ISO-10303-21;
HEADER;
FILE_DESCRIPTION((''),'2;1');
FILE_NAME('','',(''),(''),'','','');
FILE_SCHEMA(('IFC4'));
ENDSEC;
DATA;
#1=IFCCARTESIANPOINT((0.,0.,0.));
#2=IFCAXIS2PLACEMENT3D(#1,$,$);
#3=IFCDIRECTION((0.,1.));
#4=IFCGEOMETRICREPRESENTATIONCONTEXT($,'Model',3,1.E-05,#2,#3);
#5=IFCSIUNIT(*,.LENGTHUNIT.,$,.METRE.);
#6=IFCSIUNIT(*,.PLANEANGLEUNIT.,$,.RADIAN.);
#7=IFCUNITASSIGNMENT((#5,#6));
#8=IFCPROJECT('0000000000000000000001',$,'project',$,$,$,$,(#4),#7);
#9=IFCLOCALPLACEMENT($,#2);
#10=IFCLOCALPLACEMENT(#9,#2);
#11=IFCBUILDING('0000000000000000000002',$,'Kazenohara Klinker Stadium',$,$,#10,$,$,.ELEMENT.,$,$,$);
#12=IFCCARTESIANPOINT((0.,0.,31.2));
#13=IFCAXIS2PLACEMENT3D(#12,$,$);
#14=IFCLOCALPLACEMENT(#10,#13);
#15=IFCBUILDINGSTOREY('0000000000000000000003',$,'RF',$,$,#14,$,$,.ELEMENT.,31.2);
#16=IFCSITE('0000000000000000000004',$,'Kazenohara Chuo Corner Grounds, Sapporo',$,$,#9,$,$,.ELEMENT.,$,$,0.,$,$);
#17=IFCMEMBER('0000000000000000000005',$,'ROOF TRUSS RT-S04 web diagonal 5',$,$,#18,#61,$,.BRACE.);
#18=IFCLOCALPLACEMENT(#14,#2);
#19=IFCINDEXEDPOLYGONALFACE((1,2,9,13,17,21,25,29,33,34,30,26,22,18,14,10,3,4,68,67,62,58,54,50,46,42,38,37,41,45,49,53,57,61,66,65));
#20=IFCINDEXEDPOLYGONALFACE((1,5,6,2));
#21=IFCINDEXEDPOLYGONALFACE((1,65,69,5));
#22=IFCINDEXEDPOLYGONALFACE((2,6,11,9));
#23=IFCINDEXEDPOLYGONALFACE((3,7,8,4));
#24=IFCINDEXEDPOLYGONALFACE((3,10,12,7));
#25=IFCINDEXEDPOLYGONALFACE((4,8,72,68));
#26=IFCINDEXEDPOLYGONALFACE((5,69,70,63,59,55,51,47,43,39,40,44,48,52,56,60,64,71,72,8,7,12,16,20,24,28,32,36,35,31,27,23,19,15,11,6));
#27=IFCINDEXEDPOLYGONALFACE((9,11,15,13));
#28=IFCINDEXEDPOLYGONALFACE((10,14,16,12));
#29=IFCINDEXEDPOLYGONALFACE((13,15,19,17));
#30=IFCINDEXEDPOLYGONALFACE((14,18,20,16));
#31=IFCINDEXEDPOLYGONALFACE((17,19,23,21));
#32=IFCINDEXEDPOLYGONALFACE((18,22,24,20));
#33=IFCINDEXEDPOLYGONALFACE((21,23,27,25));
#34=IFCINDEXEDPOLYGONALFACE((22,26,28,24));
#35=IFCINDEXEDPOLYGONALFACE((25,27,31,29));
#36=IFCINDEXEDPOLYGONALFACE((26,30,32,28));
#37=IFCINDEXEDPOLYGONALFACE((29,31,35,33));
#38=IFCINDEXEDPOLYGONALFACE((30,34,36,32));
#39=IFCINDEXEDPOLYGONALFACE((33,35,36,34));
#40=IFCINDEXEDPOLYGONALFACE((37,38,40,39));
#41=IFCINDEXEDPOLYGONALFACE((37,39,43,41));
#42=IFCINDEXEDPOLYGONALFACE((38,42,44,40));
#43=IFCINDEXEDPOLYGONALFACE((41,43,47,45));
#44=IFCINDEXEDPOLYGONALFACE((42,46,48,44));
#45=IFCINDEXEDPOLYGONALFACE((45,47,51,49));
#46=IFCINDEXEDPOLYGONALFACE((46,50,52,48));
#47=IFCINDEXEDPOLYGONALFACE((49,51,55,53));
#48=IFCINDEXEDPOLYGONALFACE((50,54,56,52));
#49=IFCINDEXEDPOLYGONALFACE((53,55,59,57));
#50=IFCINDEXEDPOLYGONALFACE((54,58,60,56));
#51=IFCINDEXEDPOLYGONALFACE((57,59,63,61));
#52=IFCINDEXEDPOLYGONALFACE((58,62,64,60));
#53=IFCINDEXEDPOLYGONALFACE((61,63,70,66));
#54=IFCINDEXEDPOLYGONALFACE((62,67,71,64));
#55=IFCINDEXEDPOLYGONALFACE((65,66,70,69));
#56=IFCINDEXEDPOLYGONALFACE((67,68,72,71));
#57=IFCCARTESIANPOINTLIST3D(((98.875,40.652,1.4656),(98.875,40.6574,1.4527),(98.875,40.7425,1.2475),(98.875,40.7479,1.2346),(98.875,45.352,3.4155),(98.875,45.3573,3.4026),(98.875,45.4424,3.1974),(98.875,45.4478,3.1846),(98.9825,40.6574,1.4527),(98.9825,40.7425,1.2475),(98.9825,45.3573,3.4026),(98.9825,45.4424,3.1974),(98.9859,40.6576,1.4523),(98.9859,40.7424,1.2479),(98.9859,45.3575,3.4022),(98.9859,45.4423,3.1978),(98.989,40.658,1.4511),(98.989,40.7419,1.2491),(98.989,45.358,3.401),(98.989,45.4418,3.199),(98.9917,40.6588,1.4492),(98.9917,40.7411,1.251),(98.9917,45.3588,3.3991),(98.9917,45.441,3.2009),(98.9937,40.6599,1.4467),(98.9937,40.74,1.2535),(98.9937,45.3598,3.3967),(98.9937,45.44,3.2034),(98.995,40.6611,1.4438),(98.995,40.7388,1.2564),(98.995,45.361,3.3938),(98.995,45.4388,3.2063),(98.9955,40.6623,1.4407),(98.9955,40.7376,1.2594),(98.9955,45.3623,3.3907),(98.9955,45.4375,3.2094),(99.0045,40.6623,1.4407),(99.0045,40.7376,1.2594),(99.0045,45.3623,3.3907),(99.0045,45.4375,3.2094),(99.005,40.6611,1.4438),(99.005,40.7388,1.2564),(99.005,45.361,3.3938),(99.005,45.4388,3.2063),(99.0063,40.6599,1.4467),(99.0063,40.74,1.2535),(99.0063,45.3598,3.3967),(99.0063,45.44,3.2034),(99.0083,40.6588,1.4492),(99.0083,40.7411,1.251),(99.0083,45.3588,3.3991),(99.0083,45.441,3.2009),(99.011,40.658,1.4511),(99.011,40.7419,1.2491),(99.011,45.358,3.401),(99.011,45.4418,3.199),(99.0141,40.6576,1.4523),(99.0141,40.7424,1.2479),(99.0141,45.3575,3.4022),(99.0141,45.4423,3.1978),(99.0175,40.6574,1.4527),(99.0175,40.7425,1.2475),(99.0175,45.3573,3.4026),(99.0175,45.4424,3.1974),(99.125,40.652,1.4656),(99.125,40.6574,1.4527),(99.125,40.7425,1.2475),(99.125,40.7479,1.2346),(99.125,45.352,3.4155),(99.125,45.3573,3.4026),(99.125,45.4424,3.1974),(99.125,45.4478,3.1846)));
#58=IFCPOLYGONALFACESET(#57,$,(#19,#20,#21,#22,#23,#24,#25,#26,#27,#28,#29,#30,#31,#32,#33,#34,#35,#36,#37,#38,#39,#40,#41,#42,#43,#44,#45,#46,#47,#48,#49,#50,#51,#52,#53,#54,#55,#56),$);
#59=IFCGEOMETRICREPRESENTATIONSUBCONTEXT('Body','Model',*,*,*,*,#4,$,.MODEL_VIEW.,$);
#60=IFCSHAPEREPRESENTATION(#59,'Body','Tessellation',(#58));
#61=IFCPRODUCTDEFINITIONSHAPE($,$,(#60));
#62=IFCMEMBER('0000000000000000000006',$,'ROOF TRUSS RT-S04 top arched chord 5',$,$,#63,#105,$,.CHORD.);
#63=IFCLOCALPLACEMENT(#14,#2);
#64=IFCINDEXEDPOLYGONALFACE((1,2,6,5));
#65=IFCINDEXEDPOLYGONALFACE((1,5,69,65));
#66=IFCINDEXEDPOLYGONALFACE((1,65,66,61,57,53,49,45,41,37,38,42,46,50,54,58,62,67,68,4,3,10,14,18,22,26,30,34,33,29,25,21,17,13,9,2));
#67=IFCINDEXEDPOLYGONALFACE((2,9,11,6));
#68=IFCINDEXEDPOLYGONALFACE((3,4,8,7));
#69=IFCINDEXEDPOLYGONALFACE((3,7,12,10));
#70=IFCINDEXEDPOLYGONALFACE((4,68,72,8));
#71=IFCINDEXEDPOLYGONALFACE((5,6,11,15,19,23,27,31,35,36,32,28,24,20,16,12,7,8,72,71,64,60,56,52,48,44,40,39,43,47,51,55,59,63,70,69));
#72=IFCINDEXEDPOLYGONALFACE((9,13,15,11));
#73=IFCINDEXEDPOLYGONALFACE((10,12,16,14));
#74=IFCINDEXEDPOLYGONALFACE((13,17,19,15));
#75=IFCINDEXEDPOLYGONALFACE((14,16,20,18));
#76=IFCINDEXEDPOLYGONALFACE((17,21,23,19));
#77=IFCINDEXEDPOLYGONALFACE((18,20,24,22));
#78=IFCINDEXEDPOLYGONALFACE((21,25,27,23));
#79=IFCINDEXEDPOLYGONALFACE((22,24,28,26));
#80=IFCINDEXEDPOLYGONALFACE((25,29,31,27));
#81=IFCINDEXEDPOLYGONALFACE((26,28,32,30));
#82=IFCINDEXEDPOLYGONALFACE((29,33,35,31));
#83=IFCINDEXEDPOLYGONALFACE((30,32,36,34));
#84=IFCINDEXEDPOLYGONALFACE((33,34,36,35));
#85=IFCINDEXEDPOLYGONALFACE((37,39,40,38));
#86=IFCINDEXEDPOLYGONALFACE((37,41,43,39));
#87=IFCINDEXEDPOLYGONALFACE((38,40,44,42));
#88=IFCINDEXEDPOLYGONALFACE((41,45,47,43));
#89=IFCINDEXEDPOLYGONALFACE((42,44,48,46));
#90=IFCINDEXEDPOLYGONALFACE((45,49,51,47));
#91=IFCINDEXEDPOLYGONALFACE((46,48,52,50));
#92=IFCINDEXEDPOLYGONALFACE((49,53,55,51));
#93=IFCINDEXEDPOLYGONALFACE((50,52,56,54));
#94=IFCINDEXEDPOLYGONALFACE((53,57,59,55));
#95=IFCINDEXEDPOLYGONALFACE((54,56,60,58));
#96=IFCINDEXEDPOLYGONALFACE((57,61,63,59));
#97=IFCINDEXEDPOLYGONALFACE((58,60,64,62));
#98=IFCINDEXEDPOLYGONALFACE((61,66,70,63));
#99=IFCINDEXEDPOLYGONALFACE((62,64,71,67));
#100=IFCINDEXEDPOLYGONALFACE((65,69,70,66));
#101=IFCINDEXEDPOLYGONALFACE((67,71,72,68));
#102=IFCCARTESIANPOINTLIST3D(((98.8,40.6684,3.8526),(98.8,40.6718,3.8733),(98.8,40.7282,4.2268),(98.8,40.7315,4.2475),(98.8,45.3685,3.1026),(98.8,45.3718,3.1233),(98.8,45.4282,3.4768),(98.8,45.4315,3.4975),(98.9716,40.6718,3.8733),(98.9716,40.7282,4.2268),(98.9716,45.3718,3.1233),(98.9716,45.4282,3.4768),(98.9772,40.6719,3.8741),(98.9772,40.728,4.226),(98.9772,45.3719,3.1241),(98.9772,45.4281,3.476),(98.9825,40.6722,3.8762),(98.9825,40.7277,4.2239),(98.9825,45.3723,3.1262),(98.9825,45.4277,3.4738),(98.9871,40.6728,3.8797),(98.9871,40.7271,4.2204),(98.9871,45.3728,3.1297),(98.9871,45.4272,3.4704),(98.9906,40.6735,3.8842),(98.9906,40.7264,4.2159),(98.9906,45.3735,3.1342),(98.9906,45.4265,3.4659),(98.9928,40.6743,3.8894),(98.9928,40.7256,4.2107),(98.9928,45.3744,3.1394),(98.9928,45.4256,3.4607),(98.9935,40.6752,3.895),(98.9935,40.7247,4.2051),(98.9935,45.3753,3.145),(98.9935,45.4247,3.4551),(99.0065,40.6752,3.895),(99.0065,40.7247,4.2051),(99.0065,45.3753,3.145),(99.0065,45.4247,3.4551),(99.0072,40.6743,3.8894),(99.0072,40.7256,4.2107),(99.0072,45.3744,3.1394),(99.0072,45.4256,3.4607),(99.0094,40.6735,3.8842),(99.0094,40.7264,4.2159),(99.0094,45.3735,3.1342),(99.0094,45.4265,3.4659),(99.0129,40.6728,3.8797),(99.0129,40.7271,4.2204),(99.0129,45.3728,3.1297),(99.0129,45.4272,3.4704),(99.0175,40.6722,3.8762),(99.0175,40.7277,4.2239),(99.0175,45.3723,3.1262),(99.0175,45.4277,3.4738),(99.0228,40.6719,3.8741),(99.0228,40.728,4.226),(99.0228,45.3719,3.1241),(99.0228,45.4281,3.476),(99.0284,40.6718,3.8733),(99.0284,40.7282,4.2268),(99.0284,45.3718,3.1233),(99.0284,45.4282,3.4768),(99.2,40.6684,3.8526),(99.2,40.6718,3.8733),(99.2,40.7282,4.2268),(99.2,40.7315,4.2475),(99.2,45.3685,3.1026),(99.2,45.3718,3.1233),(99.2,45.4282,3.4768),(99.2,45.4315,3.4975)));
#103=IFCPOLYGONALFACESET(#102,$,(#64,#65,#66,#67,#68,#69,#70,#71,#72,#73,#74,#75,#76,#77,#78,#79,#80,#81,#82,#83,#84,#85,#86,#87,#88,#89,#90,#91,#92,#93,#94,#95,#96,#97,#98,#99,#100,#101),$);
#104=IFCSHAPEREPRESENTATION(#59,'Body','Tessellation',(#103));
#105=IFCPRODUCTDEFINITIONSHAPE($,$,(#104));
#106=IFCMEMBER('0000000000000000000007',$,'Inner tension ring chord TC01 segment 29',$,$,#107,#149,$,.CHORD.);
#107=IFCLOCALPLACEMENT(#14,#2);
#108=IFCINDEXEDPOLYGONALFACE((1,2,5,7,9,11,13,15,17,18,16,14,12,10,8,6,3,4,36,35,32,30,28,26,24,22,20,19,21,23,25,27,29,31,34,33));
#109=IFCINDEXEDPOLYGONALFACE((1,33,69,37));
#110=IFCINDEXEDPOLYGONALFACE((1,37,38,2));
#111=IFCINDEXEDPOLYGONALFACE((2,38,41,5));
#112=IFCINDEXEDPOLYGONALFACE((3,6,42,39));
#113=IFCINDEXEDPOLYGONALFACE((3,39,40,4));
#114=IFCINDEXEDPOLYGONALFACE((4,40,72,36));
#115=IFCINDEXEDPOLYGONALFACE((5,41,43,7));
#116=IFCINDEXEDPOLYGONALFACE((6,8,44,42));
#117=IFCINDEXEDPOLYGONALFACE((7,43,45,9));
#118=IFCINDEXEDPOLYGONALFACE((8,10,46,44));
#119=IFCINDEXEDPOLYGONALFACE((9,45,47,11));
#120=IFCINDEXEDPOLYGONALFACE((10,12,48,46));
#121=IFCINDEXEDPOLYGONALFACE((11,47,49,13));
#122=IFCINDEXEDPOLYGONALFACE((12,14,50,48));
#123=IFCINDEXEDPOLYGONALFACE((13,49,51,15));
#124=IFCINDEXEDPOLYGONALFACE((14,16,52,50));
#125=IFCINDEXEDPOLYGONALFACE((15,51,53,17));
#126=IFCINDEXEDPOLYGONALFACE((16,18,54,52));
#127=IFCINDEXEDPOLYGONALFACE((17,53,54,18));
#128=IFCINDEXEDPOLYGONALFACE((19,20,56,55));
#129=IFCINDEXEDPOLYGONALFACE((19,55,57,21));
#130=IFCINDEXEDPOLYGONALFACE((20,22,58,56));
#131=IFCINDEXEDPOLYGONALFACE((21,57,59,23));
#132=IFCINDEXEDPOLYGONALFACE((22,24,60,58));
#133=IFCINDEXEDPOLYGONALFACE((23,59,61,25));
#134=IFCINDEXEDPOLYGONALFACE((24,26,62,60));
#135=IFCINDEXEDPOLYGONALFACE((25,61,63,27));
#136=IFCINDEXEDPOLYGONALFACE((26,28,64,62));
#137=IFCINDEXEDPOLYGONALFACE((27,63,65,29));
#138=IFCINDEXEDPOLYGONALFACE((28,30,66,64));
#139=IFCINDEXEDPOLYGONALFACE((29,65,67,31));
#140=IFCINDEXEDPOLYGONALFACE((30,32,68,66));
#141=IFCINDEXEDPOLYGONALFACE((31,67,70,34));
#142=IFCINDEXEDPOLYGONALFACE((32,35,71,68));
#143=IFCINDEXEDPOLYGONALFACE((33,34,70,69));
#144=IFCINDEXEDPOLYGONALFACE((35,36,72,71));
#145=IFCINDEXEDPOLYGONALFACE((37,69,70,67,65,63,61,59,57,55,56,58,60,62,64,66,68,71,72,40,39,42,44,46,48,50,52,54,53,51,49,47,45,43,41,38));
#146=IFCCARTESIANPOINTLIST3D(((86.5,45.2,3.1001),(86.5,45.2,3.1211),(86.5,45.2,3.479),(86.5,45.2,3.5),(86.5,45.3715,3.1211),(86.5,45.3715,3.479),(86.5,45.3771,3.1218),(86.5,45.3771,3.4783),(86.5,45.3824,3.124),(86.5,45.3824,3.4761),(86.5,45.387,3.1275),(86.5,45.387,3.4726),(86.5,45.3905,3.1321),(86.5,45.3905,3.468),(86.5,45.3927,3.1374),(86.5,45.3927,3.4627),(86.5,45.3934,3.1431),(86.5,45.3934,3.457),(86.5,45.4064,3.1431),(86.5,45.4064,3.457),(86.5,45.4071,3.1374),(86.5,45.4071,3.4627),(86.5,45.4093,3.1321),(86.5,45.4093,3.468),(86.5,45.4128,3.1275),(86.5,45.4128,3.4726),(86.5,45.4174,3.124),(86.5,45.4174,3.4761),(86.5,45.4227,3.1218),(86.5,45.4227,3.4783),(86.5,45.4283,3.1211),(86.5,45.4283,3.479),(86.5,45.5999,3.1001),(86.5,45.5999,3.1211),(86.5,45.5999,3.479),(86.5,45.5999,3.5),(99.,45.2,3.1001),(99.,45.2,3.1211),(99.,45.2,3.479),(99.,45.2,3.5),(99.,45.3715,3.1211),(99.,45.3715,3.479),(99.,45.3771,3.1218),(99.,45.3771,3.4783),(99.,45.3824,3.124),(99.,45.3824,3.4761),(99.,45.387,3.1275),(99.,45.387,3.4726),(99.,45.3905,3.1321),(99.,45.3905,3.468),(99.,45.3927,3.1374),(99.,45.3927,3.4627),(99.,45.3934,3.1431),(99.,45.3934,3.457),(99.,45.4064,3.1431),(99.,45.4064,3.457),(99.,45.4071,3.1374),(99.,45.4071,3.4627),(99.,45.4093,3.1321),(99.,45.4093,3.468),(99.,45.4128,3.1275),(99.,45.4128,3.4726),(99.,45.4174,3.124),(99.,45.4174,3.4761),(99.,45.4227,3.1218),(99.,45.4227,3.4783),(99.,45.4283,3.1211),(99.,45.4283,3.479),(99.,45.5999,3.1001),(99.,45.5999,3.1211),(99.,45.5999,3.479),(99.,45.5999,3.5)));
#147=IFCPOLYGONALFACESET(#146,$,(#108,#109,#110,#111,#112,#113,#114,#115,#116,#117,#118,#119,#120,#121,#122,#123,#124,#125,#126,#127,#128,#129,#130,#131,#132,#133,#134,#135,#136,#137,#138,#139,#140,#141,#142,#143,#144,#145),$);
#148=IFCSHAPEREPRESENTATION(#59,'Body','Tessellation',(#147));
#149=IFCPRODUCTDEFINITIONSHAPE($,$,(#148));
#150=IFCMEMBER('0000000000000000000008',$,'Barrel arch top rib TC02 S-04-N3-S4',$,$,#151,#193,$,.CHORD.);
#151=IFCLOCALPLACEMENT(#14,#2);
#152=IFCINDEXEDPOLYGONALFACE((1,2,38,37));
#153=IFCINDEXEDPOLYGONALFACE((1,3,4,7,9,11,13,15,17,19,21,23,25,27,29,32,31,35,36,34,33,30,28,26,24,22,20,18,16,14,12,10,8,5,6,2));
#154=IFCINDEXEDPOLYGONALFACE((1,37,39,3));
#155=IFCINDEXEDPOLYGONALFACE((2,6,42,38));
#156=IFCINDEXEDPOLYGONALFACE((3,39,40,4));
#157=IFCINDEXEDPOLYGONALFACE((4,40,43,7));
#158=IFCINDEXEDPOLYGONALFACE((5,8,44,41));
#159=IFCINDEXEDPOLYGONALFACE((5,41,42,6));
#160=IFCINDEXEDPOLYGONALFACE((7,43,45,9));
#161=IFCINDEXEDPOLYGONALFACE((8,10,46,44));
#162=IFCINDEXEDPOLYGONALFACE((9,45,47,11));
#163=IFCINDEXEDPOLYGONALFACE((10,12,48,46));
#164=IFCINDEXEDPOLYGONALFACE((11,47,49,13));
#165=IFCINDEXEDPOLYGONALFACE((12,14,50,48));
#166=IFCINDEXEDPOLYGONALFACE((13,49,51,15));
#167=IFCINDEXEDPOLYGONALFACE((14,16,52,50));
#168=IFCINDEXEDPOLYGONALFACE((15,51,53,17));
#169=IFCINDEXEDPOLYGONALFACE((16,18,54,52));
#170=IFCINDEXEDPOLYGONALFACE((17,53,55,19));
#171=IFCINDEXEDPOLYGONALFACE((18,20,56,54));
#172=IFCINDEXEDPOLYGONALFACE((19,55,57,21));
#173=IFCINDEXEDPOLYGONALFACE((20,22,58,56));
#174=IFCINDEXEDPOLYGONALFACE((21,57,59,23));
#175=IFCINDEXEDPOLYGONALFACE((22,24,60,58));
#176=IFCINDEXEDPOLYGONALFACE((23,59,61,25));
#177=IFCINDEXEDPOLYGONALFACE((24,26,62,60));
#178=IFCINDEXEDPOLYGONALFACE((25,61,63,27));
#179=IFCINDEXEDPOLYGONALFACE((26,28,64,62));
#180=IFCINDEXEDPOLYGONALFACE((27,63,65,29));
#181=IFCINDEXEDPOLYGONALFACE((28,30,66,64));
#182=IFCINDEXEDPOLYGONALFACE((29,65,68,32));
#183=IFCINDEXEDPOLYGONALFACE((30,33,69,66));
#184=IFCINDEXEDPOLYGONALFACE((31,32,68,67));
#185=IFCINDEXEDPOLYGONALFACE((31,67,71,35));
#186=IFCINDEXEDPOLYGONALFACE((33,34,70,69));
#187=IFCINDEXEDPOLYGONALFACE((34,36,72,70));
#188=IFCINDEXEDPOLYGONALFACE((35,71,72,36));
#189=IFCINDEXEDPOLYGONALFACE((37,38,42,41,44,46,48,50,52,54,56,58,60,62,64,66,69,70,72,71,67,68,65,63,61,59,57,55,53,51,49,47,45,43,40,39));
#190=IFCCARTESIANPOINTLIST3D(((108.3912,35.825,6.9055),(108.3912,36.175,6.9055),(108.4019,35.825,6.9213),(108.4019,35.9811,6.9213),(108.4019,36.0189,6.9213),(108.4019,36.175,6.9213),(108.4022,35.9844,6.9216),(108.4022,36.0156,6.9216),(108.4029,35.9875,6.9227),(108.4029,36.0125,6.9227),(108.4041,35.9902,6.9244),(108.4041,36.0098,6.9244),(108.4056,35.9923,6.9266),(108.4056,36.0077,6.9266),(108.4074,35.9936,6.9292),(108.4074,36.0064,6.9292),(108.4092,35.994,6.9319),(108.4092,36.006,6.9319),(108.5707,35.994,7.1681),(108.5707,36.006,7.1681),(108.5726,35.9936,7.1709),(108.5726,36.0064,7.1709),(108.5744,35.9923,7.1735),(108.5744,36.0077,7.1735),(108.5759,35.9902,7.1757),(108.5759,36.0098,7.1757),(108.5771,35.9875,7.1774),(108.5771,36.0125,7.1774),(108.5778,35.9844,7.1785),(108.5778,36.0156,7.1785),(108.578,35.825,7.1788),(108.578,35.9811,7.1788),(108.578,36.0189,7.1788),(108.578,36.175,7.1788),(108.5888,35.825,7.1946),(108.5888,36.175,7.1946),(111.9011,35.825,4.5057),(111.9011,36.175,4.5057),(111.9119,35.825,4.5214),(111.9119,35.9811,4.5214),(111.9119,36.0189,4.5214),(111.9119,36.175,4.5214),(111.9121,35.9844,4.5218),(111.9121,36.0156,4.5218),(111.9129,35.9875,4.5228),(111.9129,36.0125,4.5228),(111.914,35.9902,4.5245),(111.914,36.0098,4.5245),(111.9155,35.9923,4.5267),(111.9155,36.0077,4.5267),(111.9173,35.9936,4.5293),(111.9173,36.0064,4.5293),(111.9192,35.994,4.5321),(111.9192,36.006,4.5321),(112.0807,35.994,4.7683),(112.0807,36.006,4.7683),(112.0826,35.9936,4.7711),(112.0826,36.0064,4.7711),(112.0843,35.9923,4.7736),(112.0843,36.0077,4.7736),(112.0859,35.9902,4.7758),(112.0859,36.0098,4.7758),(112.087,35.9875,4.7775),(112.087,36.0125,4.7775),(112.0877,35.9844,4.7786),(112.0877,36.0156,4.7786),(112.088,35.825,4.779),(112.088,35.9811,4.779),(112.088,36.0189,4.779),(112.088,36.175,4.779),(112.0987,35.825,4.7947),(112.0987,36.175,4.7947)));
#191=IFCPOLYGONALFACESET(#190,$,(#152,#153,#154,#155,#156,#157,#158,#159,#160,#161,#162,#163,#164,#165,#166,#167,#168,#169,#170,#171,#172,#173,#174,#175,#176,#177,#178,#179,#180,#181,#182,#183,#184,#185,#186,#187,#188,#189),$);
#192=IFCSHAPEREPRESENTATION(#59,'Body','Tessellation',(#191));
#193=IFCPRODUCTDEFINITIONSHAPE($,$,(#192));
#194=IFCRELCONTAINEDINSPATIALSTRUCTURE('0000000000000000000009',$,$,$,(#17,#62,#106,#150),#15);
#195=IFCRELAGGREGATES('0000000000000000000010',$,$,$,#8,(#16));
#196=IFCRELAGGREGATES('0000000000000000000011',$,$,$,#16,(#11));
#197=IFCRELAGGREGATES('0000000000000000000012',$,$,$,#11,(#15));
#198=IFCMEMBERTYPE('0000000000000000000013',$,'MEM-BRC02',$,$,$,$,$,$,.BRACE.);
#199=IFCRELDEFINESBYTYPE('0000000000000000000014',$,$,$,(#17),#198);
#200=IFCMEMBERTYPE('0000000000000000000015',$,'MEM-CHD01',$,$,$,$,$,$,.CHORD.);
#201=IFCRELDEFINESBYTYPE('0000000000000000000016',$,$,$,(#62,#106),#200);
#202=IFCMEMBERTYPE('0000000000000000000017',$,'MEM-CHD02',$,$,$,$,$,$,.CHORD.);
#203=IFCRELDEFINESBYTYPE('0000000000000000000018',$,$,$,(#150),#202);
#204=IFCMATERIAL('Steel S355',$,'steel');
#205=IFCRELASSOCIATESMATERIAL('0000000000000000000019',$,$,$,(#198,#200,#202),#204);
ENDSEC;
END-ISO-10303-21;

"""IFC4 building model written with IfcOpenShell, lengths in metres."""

from ifc_helpers import new_model, si_unit, direction, frame, origin, origin_2d, place, context, subcontext, project, spatial, i_section, extrude, material, material_profile, profile_set, type_object, element, save


model = new_model("IFC4")

# Units and contexts
model_context = context("Model", 3, precision=1e-05, world=origin(), true_north=direction((0.0, 1.0)))
body_context = subcontext(model_context, "Body", "Model", "MODEL_VIEW")
ifc_project = project(units=[si_unit("LENGTHUNIT", "METRE"), si_unit("PLANEANGLEUNIT", "RADIAN")], contexts=[model_context])

# Site, building, storey
site_placement = place(None, origin())
site = spatial("IfcSite", under=ifc_project, at=site_placement, Name="Kazenohara Chuo Corner Grounds, Sapporo", CompositionType="ELEMENT", RefElevation=0.0)
building_placement = place(site_placement, origin())
building = spatial("IfcBuilding", under=site, at=building_placement, Name="Kazenohara Klinker Stadium", CompositionType="ELEMENT")
storey_placement = place(building_placement, frame((0.0, 0.0, 31.2)))
storey = spatial("IfcBuildingStorey", under=building, at=storey_placement, Name="RF", CompositionType="ELEMENT", Elevation=31.2)

# Members
ifc_material_1 = material(Name="Steel S355", Category="steel")
ifc_material_profile_1 = material_profile(ifc_material_1, i_section(OverallWidth=0.25, OverallDepth=0.25, WebThickness=0.009, FlangeThickness=0.0139, FilletRadius=0.0129, at=origin_2d()), Name="H-250x250x9x14")
ifc_profile_set_1 = profile_set([ifc_material_profile_1], Name="Steel S355")
member_type_1 = type_object("IfcMemberType", Name="MEM-BRC02", PredefinedType="BRACE", material=ifc_profile_set_1)
member_1_placement = place(storey_placement, frame((99.0, 40.7, 1.3501), z_axis=(0.0, 0.923659, 0.383215), x_axis=(-1.0, 0.0, 0.0)))
element("IfcMember", 1, at=member_1_placement, inside=storey, type_object=member_type_1, Name="ROOF TRUSS RT-S04 web diagonal 5", PredefinedType="BRACE", context=body_context, shape_type="SweptSolid", body=[
    extrude(i_section(OverallWidth=0.25, OverallDepth=0.25, WebThickness=0.009, FlangeThickness=0.0139, FilletRadius=0.0129, at=origin_2d()), origin(), (0.0, 0.0, 1.0), 5.0884),
])
ifc_material_profile_2 = material_profile(ifc_material_1, i_section(OverallWidth=0.3999, OverallDepth=0.3999, WebThickness=0.0129, FlangeThickness=0.021, FilletRadius=0.022, at=origin_2d()), Name="H-400x400x13x21")
ifc_profile_set_2 = profile_set([ifc_material_profile_2], Name="Steel S355")
member_type_2 = type_object("IfcMemberType", Name="MEM-CHD01", PredefinedType="CHORD", material=ifc_profile_set_2)
member_2_placement = place(storey_placement, frame((99.0, 40.7, 4.05), z_axis=(0.0, 0.987506, -0.157582), x_axis=(-1.0, 0.0, 0.0)))
element("IfcMember", 2, at=member_2_placement, inside=storey, type_object=member_type_2, Name="ROOF TRUSS RT-S04 top arched chord 5", PredefinedType="CHORD", context=body_context, shape_type="SweptSolid", body=[
    extrude(i_section(OverallWidth=0.3999, OverallDepth=0.3999, WebThickness=0.0129, FlangeThickness=0.021, FilletRadius=0.022, at=origin_2d()), origin(), (0.0, 0.0, 1.0), 4.7595),
])
member_3_placement = place(storey_placement, frame((99.0, 45.3999, 3.3), z_axis=(-1.0, 0.0, 0.0), x_axis=(0.0, -1.0, 0.0)))
element("IfcMember", 3, at=member_3_placement, inside=storey, type_object=member_type_2, Name="Inner tension ring chord TC01 segment 29", PredefinedType="CHORD", context=body_context, shape_type="SweptSolid", body=[
    extrude(i_section(OverallWidth=0.3999, OverallDepth=0.3999, WebThickness=0.0129, FlangeThickness=0.021, FilletRadius=0.022, at=origin_2d()), origin(), (0.0, 0.0, 1.0), 12.5),
])
ifc_material_profile_3 = material_profile(ifc_material_1, i_section(OverallWidth=0.3501, OverallDepth=0.3501, WebThickness=0.012, FlangeThickness=0.019, FilletRadius=0.0129, at=origin_2d()), Name="H-350x350x12x19")
ifc_profile_set_3 = profile_set([ifc_material_profile_3], Name="Steel S355")
member_type_3 = type_object("IfcMemberType", Name="MEM-CHD02", PredefinedType="CHORD", material=ifc_profile_set_3)
for number, where, z_axis, x_axis, name in (
    (4, (108.49, 36.0, 7.05), (0.825492, 0.0, -0.564414), (0.0, 1.0, 0.0), "Barrel arch top rib TC02 S-04-N3-S4"),
):
    element("IfcMember", number, at=place(storey_placement, frame(where, z_axis=z_axis, x_axis=x_axis)), inside=storey, type_object=member_type_3, Name=name, PredefinedType="CHORD", context=body_context, shape_type="SweptSolid", body=[
        extrude(i_section(OverallWidth=0.3501, OverallDepth=0.3501, WebThickness=0.012, FlangeThickness=0.019, FilletRadius=0.0129, at=origin_2d()), origin(), (0.0, 0.0, 1.0), 4.252),
    ])

save(model, "model.ifc")
